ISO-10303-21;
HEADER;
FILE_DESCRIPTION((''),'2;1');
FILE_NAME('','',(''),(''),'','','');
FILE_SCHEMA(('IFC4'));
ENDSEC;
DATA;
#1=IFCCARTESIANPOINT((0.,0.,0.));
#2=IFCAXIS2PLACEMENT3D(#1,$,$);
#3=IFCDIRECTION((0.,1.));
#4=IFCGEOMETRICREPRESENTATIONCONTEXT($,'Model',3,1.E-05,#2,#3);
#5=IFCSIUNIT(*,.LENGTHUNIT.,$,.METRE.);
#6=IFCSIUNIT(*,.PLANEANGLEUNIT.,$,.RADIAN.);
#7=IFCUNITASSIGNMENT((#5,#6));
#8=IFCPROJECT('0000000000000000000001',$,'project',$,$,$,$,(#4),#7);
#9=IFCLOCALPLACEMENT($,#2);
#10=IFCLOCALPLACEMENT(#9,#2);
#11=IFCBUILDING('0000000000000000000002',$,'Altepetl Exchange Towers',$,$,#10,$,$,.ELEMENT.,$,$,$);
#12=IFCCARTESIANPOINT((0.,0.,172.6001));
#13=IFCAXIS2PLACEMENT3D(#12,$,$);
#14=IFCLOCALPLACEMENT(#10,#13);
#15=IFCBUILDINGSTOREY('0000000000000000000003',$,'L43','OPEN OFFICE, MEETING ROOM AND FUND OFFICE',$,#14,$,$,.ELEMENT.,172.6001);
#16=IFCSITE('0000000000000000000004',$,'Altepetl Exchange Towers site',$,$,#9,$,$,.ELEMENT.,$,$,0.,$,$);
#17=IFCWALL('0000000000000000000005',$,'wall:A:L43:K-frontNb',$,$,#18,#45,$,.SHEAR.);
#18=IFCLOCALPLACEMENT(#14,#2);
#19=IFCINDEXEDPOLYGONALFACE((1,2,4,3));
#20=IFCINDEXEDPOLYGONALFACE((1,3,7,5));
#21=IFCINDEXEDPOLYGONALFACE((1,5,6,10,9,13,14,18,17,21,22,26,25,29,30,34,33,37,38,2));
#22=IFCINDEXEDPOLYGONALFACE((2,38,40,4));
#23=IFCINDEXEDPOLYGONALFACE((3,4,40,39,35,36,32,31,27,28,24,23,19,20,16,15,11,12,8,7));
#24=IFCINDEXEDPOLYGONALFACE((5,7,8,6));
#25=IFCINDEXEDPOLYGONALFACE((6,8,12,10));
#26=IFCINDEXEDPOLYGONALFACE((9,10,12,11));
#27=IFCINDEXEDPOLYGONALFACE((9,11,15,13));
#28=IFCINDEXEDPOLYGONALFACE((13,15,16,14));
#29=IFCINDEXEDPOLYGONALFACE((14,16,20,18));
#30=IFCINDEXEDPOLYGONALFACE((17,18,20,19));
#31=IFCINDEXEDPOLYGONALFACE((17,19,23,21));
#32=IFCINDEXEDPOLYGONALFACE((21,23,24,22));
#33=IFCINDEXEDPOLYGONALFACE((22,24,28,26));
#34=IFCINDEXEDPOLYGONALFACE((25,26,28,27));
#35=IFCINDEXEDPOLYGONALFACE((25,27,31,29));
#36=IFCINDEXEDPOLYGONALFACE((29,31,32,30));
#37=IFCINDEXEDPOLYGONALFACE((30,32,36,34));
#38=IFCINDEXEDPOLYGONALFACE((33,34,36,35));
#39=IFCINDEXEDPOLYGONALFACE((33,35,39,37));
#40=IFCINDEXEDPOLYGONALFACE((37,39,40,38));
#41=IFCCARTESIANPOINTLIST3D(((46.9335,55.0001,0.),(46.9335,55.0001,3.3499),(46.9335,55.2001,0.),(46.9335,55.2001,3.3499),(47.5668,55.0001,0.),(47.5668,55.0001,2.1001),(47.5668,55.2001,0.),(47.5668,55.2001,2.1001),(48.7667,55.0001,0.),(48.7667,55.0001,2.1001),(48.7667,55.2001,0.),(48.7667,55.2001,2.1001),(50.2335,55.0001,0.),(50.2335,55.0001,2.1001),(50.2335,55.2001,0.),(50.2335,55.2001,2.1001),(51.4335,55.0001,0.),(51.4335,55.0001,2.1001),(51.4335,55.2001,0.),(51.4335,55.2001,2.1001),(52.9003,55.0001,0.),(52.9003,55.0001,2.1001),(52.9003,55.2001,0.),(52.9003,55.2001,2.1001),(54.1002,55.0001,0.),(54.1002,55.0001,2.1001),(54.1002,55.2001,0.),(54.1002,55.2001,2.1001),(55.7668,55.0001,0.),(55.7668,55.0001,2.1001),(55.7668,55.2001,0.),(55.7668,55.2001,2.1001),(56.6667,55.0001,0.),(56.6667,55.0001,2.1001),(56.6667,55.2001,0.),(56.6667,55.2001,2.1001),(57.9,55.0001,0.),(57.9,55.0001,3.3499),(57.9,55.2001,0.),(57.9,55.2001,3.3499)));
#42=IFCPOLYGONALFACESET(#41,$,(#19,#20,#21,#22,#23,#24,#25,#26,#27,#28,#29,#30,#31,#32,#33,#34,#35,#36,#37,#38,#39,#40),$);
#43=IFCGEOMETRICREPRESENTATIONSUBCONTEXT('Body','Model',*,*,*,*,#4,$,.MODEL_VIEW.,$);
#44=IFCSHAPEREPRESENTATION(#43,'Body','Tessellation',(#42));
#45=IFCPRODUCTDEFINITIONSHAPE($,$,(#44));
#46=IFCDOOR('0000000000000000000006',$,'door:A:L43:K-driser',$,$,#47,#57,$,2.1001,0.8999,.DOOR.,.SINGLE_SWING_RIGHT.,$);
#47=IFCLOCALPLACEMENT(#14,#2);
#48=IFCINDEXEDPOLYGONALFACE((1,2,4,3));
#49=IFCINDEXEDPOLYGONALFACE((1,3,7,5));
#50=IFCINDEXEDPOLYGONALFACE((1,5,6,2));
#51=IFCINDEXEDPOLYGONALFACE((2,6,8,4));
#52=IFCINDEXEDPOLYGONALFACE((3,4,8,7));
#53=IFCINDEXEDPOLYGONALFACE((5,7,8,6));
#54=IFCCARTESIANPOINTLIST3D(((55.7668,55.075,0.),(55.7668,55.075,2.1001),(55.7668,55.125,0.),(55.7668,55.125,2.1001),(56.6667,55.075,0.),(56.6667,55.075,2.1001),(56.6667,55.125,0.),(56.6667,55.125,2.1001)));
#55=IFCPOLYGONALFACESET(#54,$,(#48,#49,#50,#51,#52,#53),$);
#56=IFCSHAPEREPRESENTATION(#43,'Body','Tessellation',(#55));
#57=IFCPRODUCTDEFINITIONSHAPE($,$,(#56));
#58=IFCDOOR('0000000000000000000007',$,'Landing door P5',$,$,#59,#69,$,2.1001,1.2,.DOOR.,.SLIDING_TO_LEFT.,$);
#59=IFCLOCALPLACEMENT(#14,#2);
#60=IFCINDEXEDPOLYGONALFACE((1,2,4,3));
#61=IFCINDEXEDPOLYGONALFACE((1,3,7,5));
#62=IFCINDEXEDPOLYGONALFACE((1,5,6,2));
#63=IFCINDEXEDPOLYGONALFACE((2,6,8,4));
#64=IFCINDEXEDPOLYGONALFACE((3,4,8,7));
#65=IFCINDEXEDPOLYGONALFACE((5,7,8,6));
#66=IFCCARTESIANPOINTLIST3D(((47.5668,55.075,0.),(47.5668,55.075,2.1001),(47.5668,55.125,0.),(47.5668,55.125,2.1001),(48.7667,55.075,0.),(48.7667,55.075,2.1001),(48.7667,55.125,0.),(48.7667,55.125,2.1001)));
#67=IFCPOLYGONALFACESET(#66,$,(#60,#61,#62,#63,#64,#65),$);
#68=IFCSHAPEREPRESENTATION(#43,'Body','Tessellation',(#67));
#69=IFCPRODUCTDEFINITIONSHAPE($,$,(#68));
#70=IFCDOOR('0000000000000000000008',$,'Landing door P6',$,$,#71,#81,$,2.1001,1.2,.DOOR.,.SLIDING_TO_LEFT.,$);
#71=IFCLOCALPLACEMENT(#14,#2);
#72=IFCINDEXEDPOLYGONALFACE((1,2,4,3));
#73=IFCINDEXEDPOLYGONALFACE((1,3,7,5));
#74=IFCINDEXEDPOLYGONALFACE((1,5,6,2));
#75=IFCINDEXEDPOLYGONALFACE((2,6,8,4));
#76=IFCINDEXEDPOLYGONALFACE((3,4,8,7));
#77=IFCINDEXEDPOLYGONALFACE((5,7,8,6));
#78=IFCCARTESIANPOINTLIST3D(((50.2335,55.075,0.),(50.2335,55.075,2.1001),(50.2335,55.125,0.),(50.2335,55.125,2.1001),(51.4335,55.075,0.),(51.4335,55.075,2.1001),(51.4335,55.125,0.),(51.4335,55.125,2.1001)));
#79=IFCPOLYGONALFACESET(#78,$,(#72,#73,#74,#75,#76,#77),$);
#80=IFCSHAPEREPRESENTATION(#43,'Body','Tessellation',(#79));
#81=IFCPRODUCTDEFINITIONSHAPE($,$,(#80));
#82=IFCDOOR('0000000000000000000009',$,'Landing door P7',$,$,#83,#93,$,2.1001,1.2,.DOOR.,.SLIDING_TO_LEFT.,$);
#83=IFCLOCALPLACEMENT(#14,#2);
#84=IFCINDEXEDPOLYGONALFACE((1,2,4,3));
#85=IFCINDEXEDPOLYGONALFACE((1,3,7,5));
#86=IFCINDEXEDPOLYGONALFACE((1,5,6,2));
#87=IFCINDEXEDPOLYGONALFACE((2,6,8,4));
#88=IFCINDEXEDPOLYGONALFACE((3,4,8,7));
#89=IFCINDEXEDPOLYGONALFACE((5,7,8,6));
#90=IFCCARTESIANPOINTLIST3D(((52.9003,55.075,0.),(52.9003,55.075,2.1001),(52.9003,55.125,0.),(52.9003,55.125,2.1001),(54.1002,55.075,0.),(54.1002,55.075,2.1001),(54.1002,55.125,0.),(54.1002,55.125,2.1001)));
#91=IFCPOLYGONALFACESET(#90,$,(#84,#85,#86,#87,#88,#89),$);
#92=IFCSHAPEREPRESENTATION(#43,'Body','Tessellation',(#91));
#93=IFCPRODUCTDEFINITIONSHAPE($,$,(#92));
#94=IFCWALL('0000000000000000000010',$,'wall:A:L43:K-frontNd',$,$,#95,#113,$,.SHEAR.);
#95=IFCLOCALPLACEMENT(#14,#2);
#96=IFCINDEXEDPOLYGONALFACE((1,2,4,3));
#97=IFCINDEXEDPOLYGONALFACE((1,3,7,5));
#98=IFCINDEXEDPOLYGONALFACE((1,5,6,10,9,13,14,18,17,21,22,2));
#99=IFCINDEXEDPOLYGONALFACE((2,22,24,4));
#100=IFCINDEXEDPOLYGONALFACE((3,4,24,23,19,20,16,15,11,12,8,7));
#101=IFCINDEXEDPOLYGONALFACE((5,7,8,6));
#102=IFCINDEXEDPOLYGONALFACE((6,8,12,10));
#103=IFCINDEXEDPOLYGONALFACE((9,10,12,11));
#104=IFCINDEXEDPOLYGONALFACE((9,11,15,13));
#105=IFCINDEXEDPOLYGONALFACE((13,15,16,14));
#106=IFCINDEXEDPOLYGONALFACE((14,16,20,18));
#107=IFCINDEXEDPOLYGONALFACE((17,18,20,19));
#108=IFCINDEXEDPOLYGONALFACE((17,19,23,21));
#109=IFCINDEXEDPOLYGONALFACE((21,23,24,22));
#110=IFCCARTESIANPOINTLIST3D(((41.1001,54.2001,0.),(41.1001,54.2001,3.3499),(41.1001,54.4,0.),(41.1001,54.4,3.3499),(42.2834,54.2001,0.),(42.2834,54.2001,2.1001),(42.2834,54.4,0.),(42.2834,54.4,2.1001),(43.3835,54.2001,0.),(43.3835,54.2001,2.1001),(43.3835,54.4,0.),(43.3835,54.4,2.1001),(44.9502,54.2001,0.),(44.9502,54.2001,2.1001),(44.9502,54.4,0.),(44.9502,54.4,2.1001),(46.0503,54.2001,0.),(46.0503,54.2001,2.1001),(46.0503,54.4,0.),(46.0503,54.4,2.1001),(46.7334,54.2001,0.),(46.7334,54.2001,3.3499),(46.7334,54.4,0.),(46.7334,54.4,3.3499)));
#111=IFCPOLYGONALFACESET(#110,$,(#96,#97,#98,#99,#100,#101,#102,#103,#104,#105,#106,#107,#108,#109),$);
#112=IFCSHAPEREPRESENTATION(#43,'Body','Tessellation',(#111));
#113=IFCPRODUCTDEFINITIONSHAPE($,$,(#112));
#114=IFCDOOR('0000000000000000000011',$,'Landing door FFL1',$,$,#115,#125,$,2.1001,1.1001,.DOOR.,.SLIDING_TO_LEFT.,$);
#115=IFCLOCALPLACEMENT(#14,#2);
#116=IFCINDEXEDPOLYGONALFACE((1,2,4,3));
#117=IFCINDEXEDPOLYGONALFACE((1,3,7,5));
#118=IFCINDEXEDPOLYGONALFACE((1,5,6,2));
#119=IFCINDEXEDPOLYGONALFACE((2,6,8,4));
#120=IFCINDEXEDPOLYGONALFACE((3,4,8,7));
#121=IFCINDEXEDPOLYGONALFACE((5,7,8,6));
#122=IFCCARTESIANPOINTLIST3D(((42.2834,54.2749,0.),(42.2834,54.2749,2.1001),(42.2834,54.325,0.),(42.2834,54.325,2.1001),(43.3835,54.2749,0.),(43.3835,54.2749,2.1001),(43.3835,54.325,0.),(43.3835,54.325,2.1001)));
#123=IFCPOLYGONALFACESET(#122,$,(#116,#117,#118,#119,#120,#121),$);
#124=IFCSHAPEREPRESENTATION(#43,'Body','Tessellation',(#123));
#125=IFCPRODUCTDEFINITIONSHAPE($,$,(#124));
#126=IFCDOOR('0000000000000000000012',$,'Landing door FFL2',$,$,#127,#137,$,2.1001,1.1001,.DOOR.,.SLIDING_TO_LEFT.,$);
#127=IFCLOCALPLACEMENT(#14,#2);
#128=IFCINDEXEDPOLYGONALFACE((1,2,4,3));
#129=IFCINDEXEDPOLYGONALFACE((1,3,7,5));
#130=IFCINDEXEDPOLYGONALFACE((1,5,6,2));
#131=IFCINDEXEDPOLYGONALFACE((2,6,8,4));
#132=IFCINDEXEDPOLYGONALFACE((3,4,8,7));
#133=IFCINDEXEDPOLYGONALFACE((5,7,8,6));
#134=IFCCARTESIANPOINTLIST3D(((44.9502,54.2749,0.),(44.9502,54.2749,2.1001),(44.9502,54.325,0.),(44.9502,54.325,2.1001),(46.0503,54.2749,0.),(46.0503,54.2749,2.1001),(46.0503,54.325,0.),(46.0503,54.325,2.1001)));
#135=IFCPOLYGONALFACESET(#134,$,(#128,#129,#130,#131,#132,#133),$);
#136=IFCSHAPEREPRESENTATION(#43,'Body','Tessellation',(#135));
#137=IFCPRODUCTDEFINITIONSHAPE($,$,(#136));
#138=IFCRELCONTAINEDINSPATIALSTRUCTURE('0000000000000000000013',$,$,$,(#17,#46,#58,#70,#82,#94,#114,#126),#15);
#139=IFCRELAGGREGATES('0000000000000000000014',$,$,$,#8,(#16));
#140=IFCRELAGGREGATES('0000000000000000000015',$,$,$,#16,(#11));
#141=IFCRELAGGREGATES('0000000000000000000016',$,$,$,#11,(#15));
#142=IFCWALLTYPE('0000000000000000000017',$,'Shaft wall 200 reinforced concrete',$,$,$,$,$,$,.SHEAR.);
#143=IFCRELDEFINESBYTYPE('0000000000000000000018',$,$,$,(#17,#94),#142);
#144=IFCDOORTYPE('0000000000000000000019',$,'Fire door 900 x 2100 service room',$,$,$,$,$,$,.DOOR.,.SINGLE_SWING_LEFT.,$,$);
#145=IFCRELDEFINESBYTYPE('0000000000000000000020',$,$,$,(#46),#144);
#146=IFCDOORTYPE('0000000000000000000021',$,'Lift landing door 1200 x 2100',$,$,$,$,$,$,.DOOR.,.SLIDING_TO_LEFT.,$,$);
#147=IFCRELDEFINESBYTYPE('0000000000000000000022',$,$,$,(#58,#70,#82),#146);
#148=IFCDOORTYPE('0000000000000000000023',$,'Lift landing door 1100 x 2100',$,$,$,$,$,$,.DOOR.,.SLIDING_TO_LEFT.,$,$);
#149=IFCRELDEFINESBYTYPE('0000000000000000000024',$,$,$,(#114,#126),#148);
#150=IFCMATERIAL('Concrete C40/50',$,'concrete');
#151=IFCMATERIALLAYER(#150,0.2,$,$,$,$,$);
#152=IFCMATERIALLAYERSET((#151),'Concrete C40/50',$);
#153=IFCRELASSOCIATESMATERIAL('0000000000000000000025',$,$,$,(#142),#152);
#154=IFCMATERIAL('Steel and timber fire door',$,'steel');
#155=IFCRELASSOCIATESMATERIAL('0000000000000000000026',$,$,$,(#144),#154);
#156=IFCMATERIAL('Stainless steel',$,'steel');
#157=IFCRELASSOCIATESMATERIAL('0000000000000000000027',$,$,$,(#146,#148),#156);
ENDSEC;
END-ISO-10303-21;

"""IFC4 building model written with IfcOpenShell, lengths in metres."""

from ifc_helpers import new_model, si_unit, direction, frame, frame_2d, origin, place, context, subcontext, project, spatial, rectangle, extrude, material, layer, layer_set, type_object, element, fill, save


model = new_model("IFC4")

# Units and contexts
model_context = context("Model", 3, precision=1e-05, world=origin(), true_north=direction((0.0, 1.0)))
body_context = subcontext(model_context, "Body", "Model", "MODEL_VIEW")
ifc_project = project(units=[si_unit("LENGTHUNIT", "METRE"), si_unit("PLANEANGLEUNIT", "RADIAN")], contexts=[model_context])

# Site, building, storey
site_placement = place(None, origin())
site = spatial("IfcSite", under=ifc_project, at=site_placement, Name="Altepetl Exchange Towers site", CompositionType="ELEMENT", RefElevation=0.0)
building_placement = place(site_placement, origin())
building = spatial("IfcBuilding", under=site, at=building_placement, Name="Altepetl Exchange Towers", CompositionType="ELEMENT")
storey_placement = place(building_placement, frame((0.0, 0.0, 172.6001)))
storey = spatial("IfcBuildingStorey", under=building, at=storey_placement, Name="L43", Description="OPEN OFFICE, MEETING ROOM AND FUND OFFICE", CompositionType="ELEMENT", Elevation=172.6001)

# Shared definitions
ifc_material_1 = material(Name="Steel and timber fire door", Category="steel")

# Shared definitions
ifc_material_2 = material(Name="Concrete C40/50", Category="concrete")
ifc_layer_1 = layer(ifc_material_2, 0.2)
ifc_layer_set_1 = layer_set([ifc_layer_1], Name="Concrete C40/50")
wall_type_1 = type_object("IfcWallType", Name="Shaft wall 200 reinforced concrete", PredefinedType="SHEAR", material=ifc_layer_set_1)

# Walls, openings, doors
wall_1_placement = place(storey_placement, frame((46.9333, 55.1001, 0.0)))
wall_1 = element("IfcWall", 1, at=wall_1_placement, inside=storey, type_object=wall_type_1, Name="wall:A:L43:K-frontNb", PredefinedType="SHEAR", context=body_context, shape_type="SweptSolid", body=[
    extrude(rectangle(XDim=10.9666, YDim=0.2, at=frame_2d((5.4834, 0.0))), origin(), (0.0, 0.0, 1.0), 3.3499),
])
opening_1_placement = place(wall_1_placement, frame((8.8335, 0.0, 0.0)))
opening_1 = element("IfcOpeningElement", 2, at=opening_1_placement, cuts=wall_1, PredefinedType="OPENING", context=body_context, shape_type="SweptSolid", body=[
    extrude(rectangle(XDim=0.8999, YDim=2.1001, at=frame_2d((0.45, 1.05))), frame((0.0, 0.1099, 0.0), z_axis=(0.0, -1.0, 0.0), x_axis=(1.0, 0.0, 0.0)), (0.0, 0.0, 1.0), 0.22),
])
opening_2_placement = place(wall_1_placement, frame((0.6333, 0.0, 0.0)))
opening_2 = element("IfcOpeningElement", 3, at=opening_2_placement, cuts=wall_1, PredefinedType="OPENING", context=body_context, shape_type="SweptSolid", body=[
    extrude(rectangle(XDim=1.2, YDim=2.1001, at=frame_2d((0.6001, 1.05))), frame((0.0, 0.1099, 0.0), z_axis=(0.0, -1.0, 0.0), x_axis=(1.0, 0.0, 0.0)), (0.0, 0.0, 1.0), 0.22),
])
opening_3_placement = place(wall_1_placement, frame((3.3, 0.0, 0.0)))
opening_3 = element("IfcOpeningElement", 4, at=opening_3_placement, cuts=wall_1, PredefinedType="OPENING", context=body_context, shape_type="SweptSolid", body=[
    extrude(rectangle(XDim=1.2, YDim=2.1001, at=frame_2d((0.6001, 1.05))), frame((0.0, 0.1099, 0.0), z_axis=(0.0, -1.0, 0.0), x_axis=(1.0, 0.0, 0.0)), (0.0, 0.0, 1.0), 0.22),
])
opening_4_placement = place(wall_1_placement, frame((5.9668, 0.0, 0.0)))
opening_4 = element("IfcOpeningElement", 5, at=opening_4_placement, cuts=wall_1, PredefinedType="OPENING", context=body_context, shape_type="SweptSolid", body=[
    extrude(rectangle(XDim=1.2, YDim=2.1001, at=frame_2d((0.6001, 1.05))), frame((0.0, 0.1099, 0.0), z_axis=(0.0, -1.0, 0.0), x_axis=(1.0, 0.0, 0.0)), (0.0, 0.0, 1.0), 0.22),
])
door_type_1 = type_object("IfcDoorType", Name="Fire door 900 x 2100 service room", OperationType="SINGLE_SWING_LEFT", PredefinedType="DOOR", material=ifc_material_1)
door_1_placement = place(opening_1_placement, origin())
door_1 = element("IfcDoor", 6, at=door_1_placement, inside=storey, type_object=door_type_1, Name="door:A:L43:K-driser", OperationType="SINGLE_SWING_RIGHT", OverallHeight=2.1001, OverallWidth=0.8999, PredefinedType="DOOR", context=body_context, shape_type="SweptSolid", body=[
    extrude(rectangle(XDim=0.8999, YDim=2.1001, at=frame_2d((0.45, 1.05))), frame((0.0, 0.0249, 0.0), z_axis=(0.0, -1.0, 0.0), x_axis=(1.0, 0.0, 0.0)), (0.0, 0.0, 1.0), 0.05),
])
fill(opening_1, door_1)
ifc_material_3 = material(Name="Stainless steel", Category="steel")
door_type_2 = type_object("IfcDoorType", Name="Lift landing door 1200 x 2100", OperationType="SLIDING_TO_LEFT", PredefinedType="DOOR", material=ifc_material_3)
door_2_placement = place(opening_2_placement, origin())
door_2 = element("IfcDoor", 7, at=door_2_placement, inside=storey, type_object=door_type_2, Name="Landing door P5", OperationType="SLIDING_TO_LEFT", OverallHeight=2.1001, OverallWidth=1.2, PredefinedType="DOOR", context=body_context, shape_type="SweptSolid", body=[
    extrude(rectangle(XDim=1.2, YDim=2.1001, at=frame_2d((0.6001, 1.05))), frame((0.0, 0.0249, 0.0), z_axis=(0.0, -1.0, 0.0), x_axis=(1.0, 0.0, 0.0)), (0.0, 0.0, 1.0), 0.05),
])
fill(opening_2, door_2)
door_3_placement = place(opening_3_placement, origin())
door_3 = element("IfcDoor", 8, at=door_3_placement, inside=storey, type_object=door_type_2, Name="Landing door P6", OperationType="SLIDING_TO_LEFT", OverallHeight=2.1001, OverallWidth=1.2, PredefinedType="DOOR", context=body_context, shape_type="SweptSolid", body=[
    extrude(rectangle(XDim=1.2, YDim=2.1001, at=frame_2d((0.6001, 1.05))), frame((0.0, 0.0249, 0.0), z_axis=(0.0, -1.0, 0.0), x_axis=(1.0, 0.0, 0.0)), (0.0, 0.0, 1.0), 0.05),
])
fill(opening_3, door_3)
door_4_placement = place(opening_4_placement, origin())
door_4 = element("IfcDoor", 9, at=door_4_placement, inside=storey, type_object=door_type_2, Name="Landing door P7", OperationType="SLIDING_TO_LEFT", OverallHeight=2.1001, OverallWidth=1.2, PredefinedType="DOOR", context=body_context, shape_type="SweptSolid", body=[
    extrude(rectangle(XDim=1.2, YDim=2.1001, at=frame_2d((0.6001, 1.05))), frame((0.0, 0.0249, 0.0), z_axis=(0.0, -1.0, 0.0), x_axis=(1.0, 0.0, 0.0)), (0.0, 0.0, 1.0), 0.05),
])
fill(opening_4, door_4)
wall_2_placement = place(storey_placement, frame((41.1001, 54.3, 0.0)))
wall_2 = element("IfcWall", 10, at=wall_2_placement, inside=storey, type_object=wall_type_1, Name="wall:A:L43:K-frontNd", PredefinedType="SHEAR", context=body_context, shape_type="SweptSolid", body=[
    extrude(rectangle(XDim=5.6333, YDim=0.2, at=frame_2d((2.8167, 0.0))), origin(), (0.0, 0.0, 1.0), 3.3499),
])
opening_5_placement = place(wall_2_placement, frame((1.1833, 0.0, 0.0)))
opening_5 = element("IfcOpeningElement", 11, at=opening_5_placement, cuts=wall_2, PredefinedType="OPENING", context=body_context, shape_type="SweptSolid", body=[
    extrude(rectangle(XDim=1.1001, YDim=2.1001, at=frame_2d((0.55, 1.05))), frame((0.0, 0.1099, 0.0), z_axis=(0.0, -1.0, 0.0), x_axis=(1.0, 0.0, 0.0)), (0.0, 0.0, 1.0), 0.22),
])
opening_6_placement = place(wall_2_placement, frame((3.8501, 0.0, 0.0)))
opening_6 = element("IfcOpeningElement", 12, at=opening_6_placement, cuts=wall_2, PredefinedType="OPENING", context=body_context, shape_type="SweptSolid", body=[
    extrude(rectangle(XDim=1.1001, YDim=2.1001, at=frame_2d((0.55, 1.05))), frame((0.0, 0.1099, 0.0), z_axis=(0.0, -1.0, 0.0), x_axis=(1.0, 0.0, 0.0)), (0.0, 0.0, 1.0), 0.22),
])
door_type_3 = type_object("IfcDoorType", Name="Lift landing door 1100 x 2100", OperationType="SLIDING_TO_LEFT", PredefinedType="DOOR", material=ifc_material_3)
door_5_placement = place(opening_5_placement, origin())
door_5 = element("IfcDoor", 13, at=door_5_placement, inside=storey, type_object=door_type_3, Name="Landing door FFL1", OperationType="SLIDING_TO_LEFT", OverallHeight=2.1001, OverallWidth=1.1001, PredefinedType="DOOR", context=body_context, shape_type="SweptSolid", body=[
    extrude(rectangle(XDim=1.1001, YDim=2.1001, at=frame_2d((0.55, 1.05))), frame((0.0, 0.0249, 0.0), z_axis=(0.0, -1.0, 0.0), x_axis=(1.0, 0.0, 0.0)), (0.0, 0.0, 1.0), 0.05),
])
fill(opening_5, door_5)
door_6_placement = place(opening_6_placement, origin())
door_6 = element("IfcDoor", 14, at=door_6_placement, inside=storey, type_object=door_type_3, Name="Landing door FFL2", OperationType="SLIDING_TO_LEFT", OverallHeight=2.1001, OverallWidth=1.1001, PredefinedType="DOOR", context=body_context, shape_type="SweptSolid", body=[
    extrude(rectangle(XDim=1.1001, YDim=2.1001, at=frame_2d((0.55, 1.05))), frame((0.0, 0.0249, 0.0), z_axis=(0.0, -1.0, 0.0), x_axis=(1.0, 0.0, 0.0)), (0.0, 0.0, 1.0), 0.05),
])
fill(opening_6, door_6)

save(model, "model.ifc")
